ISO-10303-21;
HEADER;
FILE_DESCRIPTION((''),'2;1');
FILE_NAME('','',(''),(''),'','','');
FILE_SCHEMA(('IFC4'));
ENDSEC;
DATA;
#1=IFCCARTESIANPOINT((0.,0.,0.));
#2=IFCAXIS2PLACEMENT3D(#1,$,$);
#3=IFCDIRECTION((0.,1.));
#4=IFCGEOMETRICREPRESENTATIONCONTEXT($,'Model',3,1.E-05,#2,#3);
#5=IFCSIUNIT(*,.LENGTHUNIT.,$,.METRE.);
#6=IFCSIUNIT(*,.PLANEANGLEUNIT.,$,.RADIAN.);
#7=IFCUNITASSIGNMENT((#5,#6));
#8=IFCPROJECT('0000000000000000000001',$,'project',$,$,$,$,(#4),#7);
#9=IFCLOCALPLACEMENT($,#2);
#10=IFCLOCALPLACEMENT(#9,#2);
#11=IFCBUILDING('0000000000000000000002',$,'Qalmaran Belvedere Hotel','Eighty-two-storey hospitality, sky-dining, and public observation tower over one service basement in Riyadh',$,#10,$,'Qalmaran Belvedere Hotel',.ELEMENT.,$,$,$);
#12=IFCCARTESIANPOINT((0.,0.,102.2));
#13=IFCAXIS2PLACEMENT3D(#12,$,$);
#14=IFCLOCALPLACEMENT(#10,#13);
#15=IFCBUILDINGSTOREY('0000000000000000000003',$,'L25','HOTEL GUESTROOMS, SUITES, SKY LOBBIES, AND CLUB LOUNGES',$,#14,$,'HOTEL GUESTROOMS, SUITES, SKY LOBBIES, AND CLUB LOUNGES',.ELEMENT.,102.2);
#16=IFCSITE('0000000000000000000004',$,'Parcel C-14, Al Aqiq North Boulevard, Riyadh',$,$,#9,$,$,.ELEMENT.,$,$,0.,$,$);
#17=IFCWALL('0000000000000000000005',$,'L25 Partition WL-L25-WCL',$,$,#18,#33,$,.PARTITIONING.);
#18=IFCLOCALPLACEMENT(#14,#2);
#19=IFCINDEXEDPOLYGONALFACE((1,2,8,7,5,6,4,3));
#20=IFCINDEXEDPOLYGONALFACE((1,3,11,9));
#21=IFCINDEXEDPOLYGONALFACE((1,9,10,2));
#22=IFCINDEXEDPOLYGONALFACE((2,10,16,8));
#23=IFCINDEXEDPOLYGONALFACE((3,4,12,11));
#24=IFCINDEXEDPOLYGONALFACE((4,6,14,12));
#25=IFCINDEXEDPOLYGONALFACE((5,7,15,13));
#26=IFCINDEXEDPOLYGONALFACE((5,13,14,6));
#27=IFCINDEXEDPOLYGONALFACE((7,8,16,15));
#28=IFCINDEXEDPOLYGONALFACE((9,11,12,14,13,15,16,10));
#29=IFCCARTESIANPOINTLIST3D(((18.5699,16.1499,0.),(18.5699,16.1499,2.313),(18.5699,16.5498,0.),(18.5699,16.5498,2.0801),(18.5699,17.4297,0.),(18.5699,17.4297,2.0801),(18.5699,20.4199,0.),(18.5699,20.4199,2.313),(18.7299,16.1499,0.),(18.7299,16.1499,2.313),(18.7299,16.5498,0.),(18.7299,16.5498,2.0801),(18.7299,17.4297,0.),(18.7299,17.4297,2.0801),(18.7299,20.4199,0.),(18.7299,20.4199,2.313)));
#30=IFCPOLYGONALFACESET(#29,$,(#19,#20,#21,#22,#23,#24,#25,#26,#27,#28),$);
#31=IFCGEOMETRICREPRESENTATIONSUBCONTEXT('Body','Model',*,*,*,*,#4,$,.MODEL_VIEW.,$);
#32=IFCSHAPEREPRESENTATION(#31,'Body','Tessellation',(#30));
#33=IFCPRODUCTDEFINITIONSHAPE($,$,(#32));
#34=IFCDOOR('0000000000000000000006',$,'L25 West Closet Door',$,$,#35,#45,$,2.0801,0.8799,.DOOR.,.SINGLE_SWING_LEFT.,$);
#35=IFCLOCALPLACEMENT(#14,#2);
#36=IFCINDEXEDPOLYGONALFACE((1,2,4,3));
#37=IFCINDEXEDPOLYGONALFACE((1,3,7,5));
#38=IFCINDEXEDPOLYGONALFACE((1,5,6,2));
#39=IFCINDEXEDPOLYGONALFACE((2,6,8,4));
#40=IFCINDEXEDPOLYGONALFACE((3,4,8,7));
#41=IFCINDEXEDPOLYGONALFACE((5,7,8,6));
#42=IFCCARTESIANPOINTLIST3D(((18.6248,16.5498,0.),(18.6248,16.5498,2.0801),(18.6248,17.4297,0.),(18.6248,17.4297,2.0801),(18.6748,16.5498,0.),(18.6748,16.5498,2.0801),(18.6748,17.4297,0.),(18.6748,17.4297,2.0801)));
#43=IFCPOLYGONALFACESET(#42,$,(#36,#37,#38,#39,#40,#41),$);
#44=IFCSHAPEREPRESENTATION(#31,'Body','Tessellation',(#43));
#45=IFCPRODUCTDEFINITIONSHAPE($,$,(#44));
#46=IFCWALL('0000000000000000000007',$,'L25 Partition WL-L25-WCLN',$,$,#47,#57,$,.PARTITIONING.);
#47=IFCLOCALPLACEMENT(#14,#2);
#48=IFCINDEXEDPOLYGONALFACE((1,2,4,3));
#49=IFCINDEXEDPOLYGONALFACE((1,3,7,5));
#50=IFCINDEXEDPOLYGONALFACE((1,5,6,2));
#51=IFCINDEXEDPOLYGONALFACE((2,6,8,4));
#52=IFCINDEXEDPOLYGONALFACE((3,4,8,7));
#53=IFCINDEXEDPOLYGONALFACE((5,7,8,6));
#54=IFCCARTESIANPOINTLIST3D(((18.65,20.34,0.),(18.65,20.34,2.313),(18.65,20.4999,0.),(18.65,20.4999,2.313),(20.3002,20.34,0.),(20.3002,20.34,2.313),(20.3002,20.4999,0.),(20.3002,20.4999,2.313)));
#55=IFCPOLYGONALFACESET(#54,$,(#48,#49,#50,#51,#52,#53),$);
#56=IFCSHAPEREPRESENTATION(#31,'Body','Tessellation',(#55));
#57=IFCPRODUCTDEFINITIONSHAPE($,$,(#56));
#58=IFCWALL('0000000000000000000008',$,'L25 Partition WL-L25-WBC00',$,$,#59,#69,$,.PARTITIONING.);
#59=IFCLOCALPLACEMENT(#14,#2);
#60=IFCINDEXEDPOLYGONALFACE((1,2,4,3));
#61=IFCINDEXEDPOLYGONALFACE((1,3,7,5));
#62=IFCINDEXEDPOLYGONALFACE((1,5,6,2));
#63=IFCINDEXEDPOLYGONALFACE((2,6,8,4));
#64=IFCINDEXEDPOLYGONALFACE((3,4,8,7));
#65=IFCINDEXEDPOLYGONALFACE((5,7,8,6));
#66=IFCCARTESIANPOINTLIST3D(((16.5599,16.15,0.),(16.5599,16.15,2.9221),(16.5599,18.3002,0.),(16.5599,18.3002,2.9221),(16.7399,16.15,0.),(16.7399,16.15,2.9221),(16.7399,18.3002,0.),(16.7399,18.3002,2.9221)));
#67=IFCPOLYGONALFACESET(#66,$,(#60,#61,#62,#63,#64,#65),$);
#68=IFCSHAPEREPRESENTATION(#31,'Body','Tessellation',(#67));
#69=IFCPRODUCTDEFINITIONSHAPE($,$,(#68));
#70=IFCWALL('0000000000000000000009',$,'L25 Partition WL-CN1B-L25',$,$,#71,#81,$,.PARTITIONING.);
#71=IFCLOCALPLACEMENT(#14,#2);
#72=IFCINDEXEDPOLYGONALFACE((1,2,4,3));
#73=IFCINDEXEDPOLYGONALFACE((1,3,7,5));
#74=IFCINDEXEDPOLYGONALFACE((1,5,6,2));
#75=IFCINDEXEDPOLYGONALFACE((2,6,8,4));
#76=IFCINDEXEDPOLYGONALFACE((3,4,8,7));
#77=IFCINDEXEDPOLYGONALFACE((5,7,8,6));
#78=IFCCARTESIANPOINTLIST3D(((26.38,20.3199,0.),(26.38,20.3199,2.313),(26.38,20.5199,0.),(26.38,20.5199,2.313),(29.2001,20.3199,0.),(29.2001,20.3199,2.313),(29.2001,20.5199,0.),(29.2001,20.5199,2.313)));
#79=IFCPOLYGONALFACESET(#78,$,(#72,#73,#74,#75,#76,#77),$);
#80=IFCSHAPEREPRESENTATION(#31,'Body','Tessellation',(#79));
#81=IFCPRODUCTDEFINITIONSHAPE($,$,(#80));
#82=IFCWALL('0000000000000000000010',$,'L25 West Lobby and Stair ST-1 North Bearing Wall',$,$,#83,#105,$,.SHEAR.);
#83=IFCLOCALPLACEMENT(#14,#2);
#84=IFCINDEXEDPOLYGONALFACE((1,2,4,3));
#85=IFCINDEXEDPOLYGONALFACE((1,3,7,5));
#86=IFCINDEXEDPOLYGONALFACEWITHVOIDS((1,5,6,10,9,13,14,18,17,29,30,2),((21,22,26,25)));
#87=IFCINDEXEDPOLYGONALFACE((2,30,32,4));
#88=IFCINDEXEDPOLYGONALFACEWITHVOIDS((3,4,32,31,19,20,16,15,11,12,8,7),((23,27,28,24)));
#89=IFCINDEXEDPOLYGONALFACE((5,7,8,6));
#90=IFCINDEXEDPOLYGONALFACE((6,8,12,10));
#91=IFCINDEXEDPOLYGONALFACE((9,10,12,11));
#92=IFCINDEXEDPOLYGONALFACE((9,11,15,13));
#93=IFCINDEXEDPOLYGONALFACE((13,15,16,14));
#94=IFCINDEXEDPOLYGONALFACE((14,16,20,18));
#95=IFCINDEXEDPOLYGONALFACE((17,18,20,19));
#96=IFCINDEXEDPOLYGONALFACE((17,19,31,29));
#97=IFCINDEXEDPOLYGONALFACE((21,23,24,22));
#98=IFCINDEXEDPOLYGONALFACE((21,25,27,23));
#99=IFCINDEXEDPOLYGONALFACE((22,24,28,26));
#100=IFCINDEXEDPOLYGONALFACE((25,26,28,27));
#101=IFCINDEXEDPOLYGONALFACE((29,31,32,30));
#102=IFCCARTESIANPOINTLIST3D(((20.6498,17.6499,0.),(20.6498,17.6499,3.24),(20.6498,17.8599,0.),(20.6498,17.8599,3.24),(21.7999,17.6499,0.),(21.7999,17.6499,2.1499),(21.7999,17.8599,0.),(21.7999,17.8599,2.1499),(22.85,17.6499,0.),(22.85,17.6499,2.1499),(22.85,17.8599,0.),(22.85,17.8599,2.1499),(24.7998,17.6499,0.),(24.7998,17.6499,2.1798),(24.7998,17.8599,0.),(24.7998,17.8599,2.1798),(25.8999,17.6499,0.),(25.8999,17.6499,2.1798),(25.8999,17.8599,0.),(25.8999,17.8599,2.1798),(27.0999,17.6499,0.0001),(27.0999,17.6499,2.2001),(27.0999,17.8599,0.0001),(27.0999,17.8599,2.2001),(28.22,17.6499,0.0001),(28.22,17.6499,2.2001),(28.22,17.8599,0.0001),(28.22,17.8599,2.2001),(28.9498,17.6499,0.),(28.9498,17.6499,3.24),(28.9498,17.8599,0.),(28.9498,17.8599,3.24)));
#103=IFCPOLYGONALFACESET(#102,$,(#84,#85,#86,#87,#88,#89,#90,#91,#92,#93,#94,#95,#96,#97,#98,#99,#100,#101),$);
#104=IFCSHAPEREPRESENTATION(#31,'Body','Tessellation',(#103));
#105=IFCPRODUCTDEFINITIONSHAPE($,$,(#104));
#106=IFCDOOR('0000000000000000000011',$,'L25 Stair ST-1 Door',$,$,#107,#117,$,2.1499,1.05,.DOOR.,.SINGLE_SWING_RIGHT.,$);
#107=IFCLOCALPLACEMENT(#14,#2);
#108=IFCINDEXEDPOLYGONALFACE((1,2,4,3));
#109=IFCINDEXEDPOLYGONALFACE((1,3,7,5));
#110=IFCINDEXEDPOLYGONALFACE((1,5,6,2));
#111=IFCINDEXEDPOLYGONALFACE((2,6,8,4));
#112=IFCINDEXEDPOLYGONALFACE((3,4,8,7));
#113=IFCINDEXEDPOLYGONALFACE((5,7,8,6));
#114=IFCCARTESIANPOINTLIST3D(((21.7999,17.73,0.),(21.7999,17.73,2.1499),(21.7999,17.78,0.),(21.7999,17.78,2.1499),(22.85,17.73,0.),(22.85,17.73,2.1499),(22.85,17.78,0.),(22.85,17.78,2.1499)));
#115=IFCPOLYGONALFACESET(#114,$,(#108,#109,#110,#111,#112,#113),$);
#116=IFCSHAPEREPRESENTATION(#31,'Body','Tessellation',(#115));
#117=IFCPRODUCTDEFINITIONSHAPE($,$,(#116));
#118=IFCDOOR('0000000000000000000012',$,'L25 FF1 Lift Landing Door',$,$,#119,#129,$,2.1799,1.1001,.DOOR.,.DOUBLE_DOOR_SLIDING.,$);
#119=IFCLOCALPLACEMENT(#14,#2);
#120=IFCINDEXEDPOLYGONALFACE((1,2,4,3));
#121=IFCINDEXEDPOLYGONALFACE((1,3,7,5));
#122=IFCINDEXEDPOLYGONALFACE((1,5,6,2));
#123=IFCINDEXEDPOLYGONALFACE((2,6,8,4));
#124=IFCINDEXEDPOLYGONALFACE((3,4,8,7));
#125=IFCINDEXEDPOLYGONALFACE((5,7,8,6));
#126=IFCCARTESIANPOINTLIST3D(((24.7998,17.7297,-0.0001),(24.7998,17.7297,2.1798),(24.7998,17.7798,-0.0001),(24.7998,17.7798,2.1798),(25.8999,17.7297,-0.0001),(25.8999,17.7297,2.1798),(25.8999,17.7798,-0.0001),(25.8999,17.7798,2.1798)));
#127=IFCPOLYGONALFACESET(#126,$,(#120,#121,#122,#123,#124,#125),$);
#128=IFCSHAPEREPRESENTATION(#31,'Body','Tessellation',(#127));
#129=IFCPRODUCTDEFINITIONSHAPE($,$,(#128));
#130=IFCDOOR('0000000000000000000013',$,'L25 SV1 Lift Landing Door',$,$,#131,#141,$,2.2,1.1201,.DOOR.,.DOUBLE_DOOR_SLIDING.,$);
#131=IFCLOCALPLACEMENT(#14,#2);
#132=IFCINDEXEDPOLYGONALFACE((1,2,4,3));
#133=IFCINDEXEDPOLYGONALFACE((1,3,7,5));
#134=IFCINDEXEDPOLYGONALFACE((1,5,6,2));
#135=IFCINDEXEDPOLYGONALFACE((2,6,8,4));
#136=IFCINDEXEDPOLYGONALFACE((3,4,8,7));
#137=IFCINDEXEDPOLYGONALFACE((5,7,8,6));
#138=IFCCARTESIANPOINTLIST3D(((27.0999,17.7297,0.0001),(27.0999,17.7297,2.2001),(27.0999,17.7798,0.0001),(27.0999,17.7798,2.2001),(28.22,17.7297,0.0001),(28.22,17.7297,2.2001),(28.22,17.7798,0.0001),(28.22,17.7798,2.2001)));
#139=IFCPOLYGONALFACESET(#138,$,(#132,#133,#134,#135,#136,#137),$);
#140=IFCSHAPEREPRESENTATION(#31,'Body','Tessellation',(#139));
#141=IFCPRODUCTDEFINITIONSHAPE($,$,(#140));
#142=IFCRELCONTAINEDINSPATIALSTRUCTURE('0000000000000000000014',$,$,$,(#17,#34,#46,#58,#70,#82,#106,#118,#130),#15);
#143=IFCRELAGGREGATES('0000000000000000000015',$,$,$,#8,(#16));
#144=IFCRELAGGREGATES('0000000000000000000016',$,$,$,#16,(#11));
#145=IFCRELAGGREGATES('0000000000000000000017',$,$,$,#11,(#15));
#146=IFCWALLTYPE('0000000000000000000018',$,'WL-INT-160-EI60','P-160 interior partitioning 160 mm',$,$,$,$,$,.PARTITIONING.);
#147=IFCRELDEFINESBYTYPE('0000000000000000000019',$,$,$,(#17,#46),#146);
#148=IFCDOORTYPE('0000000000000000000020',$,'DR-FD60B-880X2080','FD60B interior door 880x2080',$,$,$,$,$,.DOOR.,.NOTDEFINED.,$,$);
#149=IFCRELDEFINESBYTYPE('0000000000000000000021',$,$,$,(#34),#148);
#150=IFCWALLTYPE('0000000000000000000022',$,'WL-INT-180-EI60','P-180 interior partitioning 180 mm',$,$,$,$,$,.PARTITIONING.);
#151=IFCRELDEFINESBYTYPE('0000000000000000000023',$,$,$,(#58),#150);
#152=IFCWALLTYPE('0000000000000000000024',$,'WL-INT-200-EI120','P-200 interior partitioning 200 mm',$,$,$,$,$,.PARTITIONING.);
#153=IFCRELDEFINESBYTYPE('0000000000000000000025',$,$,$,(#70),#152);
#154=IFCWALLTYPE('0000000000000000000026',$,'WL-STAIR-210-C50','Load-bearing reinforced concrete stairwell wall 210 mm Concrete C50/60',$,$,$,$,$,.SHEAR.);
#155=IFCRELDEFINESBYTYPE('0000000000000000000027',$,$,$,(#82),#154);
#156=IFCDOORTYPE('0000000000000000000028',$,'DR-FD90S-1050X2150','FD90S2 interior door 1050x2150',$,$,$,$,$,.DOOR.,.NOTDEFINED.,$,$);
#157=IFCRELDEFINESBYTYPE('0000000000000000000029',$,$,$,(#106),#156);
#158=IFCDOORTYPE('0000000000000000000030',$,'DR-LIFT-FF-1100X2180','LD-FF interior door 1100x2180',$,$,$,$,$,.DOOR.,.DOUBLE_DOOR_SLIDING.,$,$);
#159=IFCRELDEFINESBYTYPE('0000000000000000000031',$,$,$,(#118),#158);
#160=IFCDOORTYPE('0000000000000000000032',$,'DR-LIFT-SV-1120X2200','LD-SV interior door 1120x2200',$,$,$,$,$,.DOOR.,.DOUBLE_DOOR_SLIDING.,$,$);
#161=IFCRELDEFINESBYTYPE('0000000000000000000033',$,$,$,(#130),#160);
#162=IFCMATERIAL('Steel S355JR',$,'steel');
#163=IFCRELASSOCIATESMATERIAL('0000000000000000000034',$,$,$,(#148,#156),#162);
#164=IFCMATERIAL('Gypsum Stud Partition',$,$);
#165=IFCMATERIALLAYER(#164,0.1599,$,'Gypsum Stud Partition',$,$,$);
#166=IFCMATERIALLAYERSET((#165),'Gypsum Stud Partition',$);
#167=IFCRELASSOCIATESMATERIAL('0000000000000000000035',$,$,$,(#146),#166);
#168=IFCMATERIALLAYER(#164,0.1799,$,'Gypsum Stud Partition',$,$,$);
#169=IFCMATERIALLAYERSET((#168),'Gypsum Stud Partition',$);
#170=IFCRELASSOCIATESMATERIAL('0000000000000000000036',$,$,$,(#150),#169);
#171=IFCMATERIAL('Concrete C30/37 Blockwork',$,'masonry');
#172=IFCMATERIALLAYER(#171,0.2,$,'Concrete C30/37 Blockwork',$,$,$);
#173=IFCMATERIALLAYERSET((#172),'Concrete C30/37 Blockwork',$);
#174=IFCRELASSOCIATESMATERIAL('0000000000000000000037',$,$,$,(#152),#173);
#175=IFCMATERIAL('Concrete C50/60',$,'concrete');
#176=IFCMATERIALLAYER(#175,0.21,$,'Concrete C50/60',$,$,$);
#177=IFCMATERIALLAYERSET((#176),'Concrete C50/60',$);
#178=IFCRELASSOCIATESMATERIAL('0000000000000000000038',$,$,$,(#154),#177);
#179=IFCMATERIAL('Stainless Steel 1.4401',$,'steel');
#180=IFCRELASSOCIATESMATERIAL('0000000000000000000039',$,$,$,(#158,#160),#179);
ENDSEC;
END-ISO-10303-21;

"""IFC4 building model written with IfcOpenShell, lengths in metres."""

from ifc_helpers import new_model, si_unit, direction, frame, frame_2d, origin, place, context, subcontext, project, spatial, rectangle, extrude, material, layer, layer_set, type_object, element, fill, save


model = new_model("IFC4")

# Units and contexts
model_context = context("Model", 3, precision=1e-05, world=origin(), true_north=direction((0.0, 1.0)))
body_context = subcontext(model_context, "Body", "Model", "MODEL_VIEW")
ifc_project = project(units=[si_unit("LENGTHUNIT", "METRE"), si_unit("PLANEANGLEUNIT", "RADIAN")], contexts=[model_context])

# Site, building, storey
site_placement = place(None, origin())
site = spatial("IfcSite", under=ifc_project, at=site_placement, Name="Parcel C-14, Al Aqiq North Boulevard, Riyadh", CompositionType="ELEMENT", RefElevation=0.0)
building_placement = place(site_placement, origin())
building = spatial("IfcBuilding", under=site, at=building_placement, Name="Qalmaran Belvedere Hotel", Description="Eighty-two-storey hospitality, sky-dining, and public observation tower over one service basement in Riyadh", LongName="Qalmaran Belvedere Hotel", CompositionType="ELEMENT")
storey_placement = place(building_placement, frame((0.0, 0.0, 102.2)))
storey = spatial("IfcBuildingStorey", under=building, at=storey_placement, Name="L25", Description="HOTEL GUESTROOMS, SUITES, SKY LOBBIES, AND CLUB LOUNGES", LongName="HOTEL GUESTROOMS, SUITES, SKY LOBBIES, AND CLUB LOUNGES", CompositionType="ELEMENT", Elevation=102.2)

# Shared definitions
ifc_material_1 = material(Name="Steel S355JR", Category="steel")

# Shared definitions
ifc_material_2 = material(Name="Gypsum Stud Partition")

# Shared definitions
door_type_1 = type_object("IfcDoorType", Name="DR-FD60B-880X2080", Description="FD60B interior door 880x2080", OperationType="NOTDEFINED", PredefinedType="DOOR", material=ifc_material_1)

# Wall, opening, door
ifc_layer_1 = layer(ifc_material_2, 0.1599, Name="Gypsum Stud Partition")
ifc_layer_set_1 = layer_set([ifc_layer_1], Name="Gypsum Stud Partition")
wall_type_1 = type_object("IfcWallType", Name="WL-INT-160-EI60", Description="P-160 interior partitioning 160 mm", PredefinedType="PARTITIONING", material=ifc_layer_set_1)
wall_1_placement = place(storey_placement, frame((18.6499, 16.1499, 0.0), z_axis=(0.0, 0.0, 1.0), x_axis=(0.0, 1.0, 0.0)))
wall_1 = element("IfcWall", 1, at=wall_1_placement, inside=storey, type_object=wall_type_1, Name="L25 Partition WL-L25-WCL", PredefinedType="PARTITIONING", context=body_context, shape_type="SweptSolid", body=[
    extrude(rectangle(XDim=4.27, YDim=0.1599, at=frame_2d((2.135, 0.0))), origin(), (0.0, 0.0, 1.0), 2.313),
])
opening_1_placement = place(wall_1_placement, frame((1.2798, 0.0, 0.0), z_axis=(0.0, 0.0, 1.0), x_axis=(-1.0, 0.0, 0.0)))
opening_1 = element("IfcOpeningElement", 2, at=opening_1_placement, cuts=wall_1, PredefinedType="OPENING", context=body_context, shape_type="SweptSolid", body=[
    extrude(rectangle(XDim=0.8799, YDim=2.0801, at=frame_2d((0.4399, 1.04))), frame((0.0, 0.0898, 0.0), z_axis=(0.0, -1.0, 0.0), x_axis=(1.0, 0.0, 0.0)), (0.0, 0.0, 1.0), 0.1799),
])
door_1_placement = place(opening_1_placement, origin())
door_1 = element("IfcDoor", 3, at=door_1_placement, inside=storey, type_object=door_type_1, Name="L25 West Closet Door", OperationType="SINGLE_SWING_LEFT", OverallHeight=2.0801, OverallWidth=0.8799, PredefinedType="DOOR", context=body_context, shape_type="SweptSolid", body=[
    extrude(rectangle(XDim=0.8799, YDim=2.0801, at=frame_2d((0.4399, 1.04))), frame((0.0, 0.0249, 0.0), z_axis=(0.0, -1.0, 0.0), x_axis=(1.0, 0.0, 0.0)), (0.0, 0.0, 1.0), 0.05),
])
fill(opening_1, door_1)

# Walls
wall_2_placement = place(storey_placement, frame((18.6499, 20.4199, 0.0), z_axis=(0.0, 0.0, 1.0), x_axis=(1.0, 0.0, 0.0)))
element("IfcWall", 4, at=wall_2_placement, inside=storey, type_object=wall_type_1, Name="L25 Partition WL-L25-WCLN", PredefinedType="PARTITIONING", context=body_context, shape_type="SweptSolid", body=[
    extrude(rectangle(XDim=1.6501, YDim=0.1599, at=frame_2d((0.8252, 0.0))), origin(), (0.0, 0.0, 1.0), 2.313),
])
ifc_layer_2 = layer(ifc_material_2, 0.1799, Name="Gypsum Stud Partition")
ifc_layer_set_2 = layer_set([ifc_layer_2], Name="Gypsum Stud Partition")
wall_type_2 = type_object("IfcWallType", Name="WL-INT-180-EI60", Description="P-180 interior partitioning 180 mm", PredefinedType="PARTITIONING", material=ifc_layer_set_2)
wall_3_placement = place(storey_placement, frame((16.6499, 16.1499, 0.0), z_axis=(0.0, 0.0, 1.0), x_axis=(0.0, 1.0, 0.0)))
element("IfcWall", 5, at=wall_3_placement, inside=storey, type_object=wall_type_2, Name="L25 Partition WL-L25-WBC00", PredefinedType="PARTITIONING", context=body_context, shape_type="SweptSolid", body=[
    extrude(rectangle(XDim=2.1501, YDim=0.1799, at=frame_2d((1.0752, 0.0))), origin(), (0.0, 0.0, 1.0), 2.9221),
])

# Shared definitions
ifc_material_3 = material(Name="Concrete C30/37 Blockwork", Category="masonry")
ifc_layer_3 = layer(ifc_material_3, 0.2, Name="Concrete C30/37 Blockwork")
ifc_layer_set_3 = layer_set([ifc_layer_3], Name="Concrete C30/37 Blockwork")
wall_type_3 = type_object("IfcWallType", Name="WL-INT-200-EI120", Description="P-200 interior partitioning 200 mm", PredefinedType="PARTITIONING", material=ifc_layer_set_3)

# Wall
wall_4_placement = place(storey_placement, frame((26.3799, 20.4199, 0.0), z_axis=(0.0, 0.0, 1.0), x_axis=(1.0, 0.0, 0.0)))
element("IfcWall", 6, at=wall_4_placement, inside=storey, type_object=wall_type_3, Name="L25 Partition WL-CN1B-L25", PredefinedType="PARTITIONING", context=body_context, shape_type="SweptSolid", body=[
    extrude(rectangle(XDim=2.8201, YDim=0.2, at=frame_2d((1.4102, 0.0))), origin(), (0.0, 0.0, 1.0), 2.313),
])

# Wall, openings, doors
ifc_material_4 = material(Name="Concrete C50/60", Category="concrete")
ifc_layer_4 = layer(ifc_material_4, 0.21, Name="Concrete C50/60")
ifc_layer_set_4 = layer_set([ifc_layer_4], Name="Concrete C50/60")
wall_type_4 = type_object("IfcWallType", Name="WL-STAIR-210-C50", Description="Load-bearing reinforced concrete stairwell wall 210 mm Concrete C50/60", PredefinedType="SHEAR", material=ifc_layer_set_4)
wall_5_placement = place(storey_placement, frame((20.6499, 17.7549, 0.0), z_axis=(0.0, 0.0, 1.0), x_axis=(1.0, 0.0, 0.0)))
wall_5 = element("IfcWall", 7, at=wall_5_placement, inside=storey, type_object=wall_type_4, Name="L25 West Lobby and Stair ST-1 North Bearing Wall", PredefinedType="SHEAR", context=body_context, shape_type="SweptSolid", body=[
    extrude(rectangle(XDim=8.3, YDim=0.21, at=frame_2d((4.1499, 0.0))), origin(), (0.0, 0.0, 1.0), 3.24),
])
opening_2_placement = place(wall_5_placement, frame((2.2, 0.0, 0.0), z_axis=(0.0, 0.0, 1.0), x_axis=(-1.0, 0.0, 0.0)))
opening_2 = element("IfcOpeningElement", 8, at=opening_2_placement, cuts=wall_5, PredefinedType="OPENING", context=body_context, shape_type="SweptSolid", body=[
    extrude(rectangle(XDim=1.05, YDim=2.1499, at=frame_2d((0.5249, 1.075))), frame((0.0, 0.115, 0.0), z_axis=(0.0, -1.0, 0.0), x_axis=(1.0, 0.0, 0.0)), (0.0, 0.0, 1.0), 0.23),
])
opening_3_placement = place(wall_5_placement, frame((4.1499, 0.0, 0.0)))
opening_3 = element("IfcOpeningElement", 9, at=opening_3_placement, cuts=wall_5, PredefinedType="OPENING", context=body_context, shape_type="SweptSolid", body=[
    extrude(rectangle(XDim=1.1001, YDim=2.1799, at=frame_2d((0.55, 1.0898))), frame((0.0, 0.115, 0.0), z_axis=(0.0, -1.0, 0.0), x_axis=(1.0, 0.0, 0.0)), (0.0, 0.0, 1.0), 0.23),
])
opening_4_placement = place(wall_5_placement, frame((6.45, 0.0, 0.0)))
opening_4 = element("IfcOpeningElement", 10, at=opening_4_placement, cuts=wall_5, PredefinedType="OPENING", context=body_context, shape_type="SweptSolid", body=[
    extrude(rectangle(XDim=1.1201, YDim=2.2, at=frame_2d((0.5601, 1.1001))), frame((0.0, 0.115, 0.0), z_axis=(0.0, -1.0, 0.0), x_axis=(1.0, 0.0, 0.0)), (0.0, 0.0, 1.0), 0.23),
])
door_type_2 = type_object("IfcDoorType", Name="DR-FD90S-1050X2150", Description="FD90S2 interior door 1050x2150", OperationType="NOTDEFINED", PredefinedType="DOOR", material=ifc_material_1)
door_2_placement = place(opening_2_placement, origin())
door_2 = element("IfcDoor", 11, at=door_2_placement, inside=storey, type_object=door_type_2, Name="L25 Stair ST-1 Door", OperationType="SINGLE_SWING_RIGHT", OverallHeight=2.1499, OverallWidth=1.05, PredefinedType="DOOR", context=body_context, shape_type="SweptSolid", body=[
    extrude(rectangle(XDim=1.05, YDim=2.1499, at=frame_2d((0.5249, 1.075))), frame((0.0, 0.0249, 0.0), z_axis=(0.0, -1.0, 0.0), x_axis=(1.0, 0.0, 0.0)), (0.0, 0.0, 1.0), 0.05),
])
fill(opening_2, door_2)
ifc_material_5 = material(Name="Stainless Steel 1.4401", Category="steel")
door_type_3 = type_object("IfcDoorType", Name="DR-LIFT-FF-1100X2180", Description="LD-FF interior door 1100x2180", OperationType="DOUBLE_DOOR_SLIDING", PredefinedType="DOOR", material=ifc_material_5)
door_3_placement = place(opening_3_placement, origin())
door_3 = element("IfcDoor", 12, at=door_3_placement, inside=storey, type_object=door_type_3, Name="L25 FF1 Lift Landing Door", OperationType="DOUBLE_DOOR_SLIDING", OverallHeight=2.1799, OverallWidth=1.1001, PredefinedType="DOOR", context=body_context, shape_type="SweptSolid", body=[
    extrude(rectangle(XDim=1.1001, YDim=2.1799, at=frame_2d((0.55, 1.0898))), frame((0.0, 0.0249, 0.0), z_axis=(0.0, -1.0, 0.0), x_axis=(1.0, 0.0, 0.0)), (0.0, 0.0, 1.0), 0.05),
])
fill(opening_3, door_3)
door_type_4 = type_object("IfcDoorType", Name="DR-LIFT-SV-1120X2200", Description="LD-SV interior door 1120x2200", OperationType="DOUBLE_DOOR_SLIDING", PredefinedType="DOOR", material=ifc_material_5)
door_4_placement = place(opening_4_placement, origin())
door_4 = element("IfcDoor", 13, at=door_4_placement, inside=storey, type_object=door_type_4, Name="L25 SV1 Lift Landing Door", OperationType="DOUBLE_DOOR_SLIDING", OverallHeight=2.2, OverallWidth=1.1201, PredefinedType="DOOR", context=body_context, shape_type="SweptSolid", body=[
    extrude(rectangle(XDim=1.1201, YDim=2.2, at=frame_2d((0.5601, 1.1001))), frame((0.0, 0.0249, 0.0), z_axis=(0.0, -1.0, 0.0), x_axis=(1.0, 0.0, 0.0)), (0.0, 0.0, 1.0), 0.05),
])
fill(opening_4, door_4)

save(model, "model.ifc")
